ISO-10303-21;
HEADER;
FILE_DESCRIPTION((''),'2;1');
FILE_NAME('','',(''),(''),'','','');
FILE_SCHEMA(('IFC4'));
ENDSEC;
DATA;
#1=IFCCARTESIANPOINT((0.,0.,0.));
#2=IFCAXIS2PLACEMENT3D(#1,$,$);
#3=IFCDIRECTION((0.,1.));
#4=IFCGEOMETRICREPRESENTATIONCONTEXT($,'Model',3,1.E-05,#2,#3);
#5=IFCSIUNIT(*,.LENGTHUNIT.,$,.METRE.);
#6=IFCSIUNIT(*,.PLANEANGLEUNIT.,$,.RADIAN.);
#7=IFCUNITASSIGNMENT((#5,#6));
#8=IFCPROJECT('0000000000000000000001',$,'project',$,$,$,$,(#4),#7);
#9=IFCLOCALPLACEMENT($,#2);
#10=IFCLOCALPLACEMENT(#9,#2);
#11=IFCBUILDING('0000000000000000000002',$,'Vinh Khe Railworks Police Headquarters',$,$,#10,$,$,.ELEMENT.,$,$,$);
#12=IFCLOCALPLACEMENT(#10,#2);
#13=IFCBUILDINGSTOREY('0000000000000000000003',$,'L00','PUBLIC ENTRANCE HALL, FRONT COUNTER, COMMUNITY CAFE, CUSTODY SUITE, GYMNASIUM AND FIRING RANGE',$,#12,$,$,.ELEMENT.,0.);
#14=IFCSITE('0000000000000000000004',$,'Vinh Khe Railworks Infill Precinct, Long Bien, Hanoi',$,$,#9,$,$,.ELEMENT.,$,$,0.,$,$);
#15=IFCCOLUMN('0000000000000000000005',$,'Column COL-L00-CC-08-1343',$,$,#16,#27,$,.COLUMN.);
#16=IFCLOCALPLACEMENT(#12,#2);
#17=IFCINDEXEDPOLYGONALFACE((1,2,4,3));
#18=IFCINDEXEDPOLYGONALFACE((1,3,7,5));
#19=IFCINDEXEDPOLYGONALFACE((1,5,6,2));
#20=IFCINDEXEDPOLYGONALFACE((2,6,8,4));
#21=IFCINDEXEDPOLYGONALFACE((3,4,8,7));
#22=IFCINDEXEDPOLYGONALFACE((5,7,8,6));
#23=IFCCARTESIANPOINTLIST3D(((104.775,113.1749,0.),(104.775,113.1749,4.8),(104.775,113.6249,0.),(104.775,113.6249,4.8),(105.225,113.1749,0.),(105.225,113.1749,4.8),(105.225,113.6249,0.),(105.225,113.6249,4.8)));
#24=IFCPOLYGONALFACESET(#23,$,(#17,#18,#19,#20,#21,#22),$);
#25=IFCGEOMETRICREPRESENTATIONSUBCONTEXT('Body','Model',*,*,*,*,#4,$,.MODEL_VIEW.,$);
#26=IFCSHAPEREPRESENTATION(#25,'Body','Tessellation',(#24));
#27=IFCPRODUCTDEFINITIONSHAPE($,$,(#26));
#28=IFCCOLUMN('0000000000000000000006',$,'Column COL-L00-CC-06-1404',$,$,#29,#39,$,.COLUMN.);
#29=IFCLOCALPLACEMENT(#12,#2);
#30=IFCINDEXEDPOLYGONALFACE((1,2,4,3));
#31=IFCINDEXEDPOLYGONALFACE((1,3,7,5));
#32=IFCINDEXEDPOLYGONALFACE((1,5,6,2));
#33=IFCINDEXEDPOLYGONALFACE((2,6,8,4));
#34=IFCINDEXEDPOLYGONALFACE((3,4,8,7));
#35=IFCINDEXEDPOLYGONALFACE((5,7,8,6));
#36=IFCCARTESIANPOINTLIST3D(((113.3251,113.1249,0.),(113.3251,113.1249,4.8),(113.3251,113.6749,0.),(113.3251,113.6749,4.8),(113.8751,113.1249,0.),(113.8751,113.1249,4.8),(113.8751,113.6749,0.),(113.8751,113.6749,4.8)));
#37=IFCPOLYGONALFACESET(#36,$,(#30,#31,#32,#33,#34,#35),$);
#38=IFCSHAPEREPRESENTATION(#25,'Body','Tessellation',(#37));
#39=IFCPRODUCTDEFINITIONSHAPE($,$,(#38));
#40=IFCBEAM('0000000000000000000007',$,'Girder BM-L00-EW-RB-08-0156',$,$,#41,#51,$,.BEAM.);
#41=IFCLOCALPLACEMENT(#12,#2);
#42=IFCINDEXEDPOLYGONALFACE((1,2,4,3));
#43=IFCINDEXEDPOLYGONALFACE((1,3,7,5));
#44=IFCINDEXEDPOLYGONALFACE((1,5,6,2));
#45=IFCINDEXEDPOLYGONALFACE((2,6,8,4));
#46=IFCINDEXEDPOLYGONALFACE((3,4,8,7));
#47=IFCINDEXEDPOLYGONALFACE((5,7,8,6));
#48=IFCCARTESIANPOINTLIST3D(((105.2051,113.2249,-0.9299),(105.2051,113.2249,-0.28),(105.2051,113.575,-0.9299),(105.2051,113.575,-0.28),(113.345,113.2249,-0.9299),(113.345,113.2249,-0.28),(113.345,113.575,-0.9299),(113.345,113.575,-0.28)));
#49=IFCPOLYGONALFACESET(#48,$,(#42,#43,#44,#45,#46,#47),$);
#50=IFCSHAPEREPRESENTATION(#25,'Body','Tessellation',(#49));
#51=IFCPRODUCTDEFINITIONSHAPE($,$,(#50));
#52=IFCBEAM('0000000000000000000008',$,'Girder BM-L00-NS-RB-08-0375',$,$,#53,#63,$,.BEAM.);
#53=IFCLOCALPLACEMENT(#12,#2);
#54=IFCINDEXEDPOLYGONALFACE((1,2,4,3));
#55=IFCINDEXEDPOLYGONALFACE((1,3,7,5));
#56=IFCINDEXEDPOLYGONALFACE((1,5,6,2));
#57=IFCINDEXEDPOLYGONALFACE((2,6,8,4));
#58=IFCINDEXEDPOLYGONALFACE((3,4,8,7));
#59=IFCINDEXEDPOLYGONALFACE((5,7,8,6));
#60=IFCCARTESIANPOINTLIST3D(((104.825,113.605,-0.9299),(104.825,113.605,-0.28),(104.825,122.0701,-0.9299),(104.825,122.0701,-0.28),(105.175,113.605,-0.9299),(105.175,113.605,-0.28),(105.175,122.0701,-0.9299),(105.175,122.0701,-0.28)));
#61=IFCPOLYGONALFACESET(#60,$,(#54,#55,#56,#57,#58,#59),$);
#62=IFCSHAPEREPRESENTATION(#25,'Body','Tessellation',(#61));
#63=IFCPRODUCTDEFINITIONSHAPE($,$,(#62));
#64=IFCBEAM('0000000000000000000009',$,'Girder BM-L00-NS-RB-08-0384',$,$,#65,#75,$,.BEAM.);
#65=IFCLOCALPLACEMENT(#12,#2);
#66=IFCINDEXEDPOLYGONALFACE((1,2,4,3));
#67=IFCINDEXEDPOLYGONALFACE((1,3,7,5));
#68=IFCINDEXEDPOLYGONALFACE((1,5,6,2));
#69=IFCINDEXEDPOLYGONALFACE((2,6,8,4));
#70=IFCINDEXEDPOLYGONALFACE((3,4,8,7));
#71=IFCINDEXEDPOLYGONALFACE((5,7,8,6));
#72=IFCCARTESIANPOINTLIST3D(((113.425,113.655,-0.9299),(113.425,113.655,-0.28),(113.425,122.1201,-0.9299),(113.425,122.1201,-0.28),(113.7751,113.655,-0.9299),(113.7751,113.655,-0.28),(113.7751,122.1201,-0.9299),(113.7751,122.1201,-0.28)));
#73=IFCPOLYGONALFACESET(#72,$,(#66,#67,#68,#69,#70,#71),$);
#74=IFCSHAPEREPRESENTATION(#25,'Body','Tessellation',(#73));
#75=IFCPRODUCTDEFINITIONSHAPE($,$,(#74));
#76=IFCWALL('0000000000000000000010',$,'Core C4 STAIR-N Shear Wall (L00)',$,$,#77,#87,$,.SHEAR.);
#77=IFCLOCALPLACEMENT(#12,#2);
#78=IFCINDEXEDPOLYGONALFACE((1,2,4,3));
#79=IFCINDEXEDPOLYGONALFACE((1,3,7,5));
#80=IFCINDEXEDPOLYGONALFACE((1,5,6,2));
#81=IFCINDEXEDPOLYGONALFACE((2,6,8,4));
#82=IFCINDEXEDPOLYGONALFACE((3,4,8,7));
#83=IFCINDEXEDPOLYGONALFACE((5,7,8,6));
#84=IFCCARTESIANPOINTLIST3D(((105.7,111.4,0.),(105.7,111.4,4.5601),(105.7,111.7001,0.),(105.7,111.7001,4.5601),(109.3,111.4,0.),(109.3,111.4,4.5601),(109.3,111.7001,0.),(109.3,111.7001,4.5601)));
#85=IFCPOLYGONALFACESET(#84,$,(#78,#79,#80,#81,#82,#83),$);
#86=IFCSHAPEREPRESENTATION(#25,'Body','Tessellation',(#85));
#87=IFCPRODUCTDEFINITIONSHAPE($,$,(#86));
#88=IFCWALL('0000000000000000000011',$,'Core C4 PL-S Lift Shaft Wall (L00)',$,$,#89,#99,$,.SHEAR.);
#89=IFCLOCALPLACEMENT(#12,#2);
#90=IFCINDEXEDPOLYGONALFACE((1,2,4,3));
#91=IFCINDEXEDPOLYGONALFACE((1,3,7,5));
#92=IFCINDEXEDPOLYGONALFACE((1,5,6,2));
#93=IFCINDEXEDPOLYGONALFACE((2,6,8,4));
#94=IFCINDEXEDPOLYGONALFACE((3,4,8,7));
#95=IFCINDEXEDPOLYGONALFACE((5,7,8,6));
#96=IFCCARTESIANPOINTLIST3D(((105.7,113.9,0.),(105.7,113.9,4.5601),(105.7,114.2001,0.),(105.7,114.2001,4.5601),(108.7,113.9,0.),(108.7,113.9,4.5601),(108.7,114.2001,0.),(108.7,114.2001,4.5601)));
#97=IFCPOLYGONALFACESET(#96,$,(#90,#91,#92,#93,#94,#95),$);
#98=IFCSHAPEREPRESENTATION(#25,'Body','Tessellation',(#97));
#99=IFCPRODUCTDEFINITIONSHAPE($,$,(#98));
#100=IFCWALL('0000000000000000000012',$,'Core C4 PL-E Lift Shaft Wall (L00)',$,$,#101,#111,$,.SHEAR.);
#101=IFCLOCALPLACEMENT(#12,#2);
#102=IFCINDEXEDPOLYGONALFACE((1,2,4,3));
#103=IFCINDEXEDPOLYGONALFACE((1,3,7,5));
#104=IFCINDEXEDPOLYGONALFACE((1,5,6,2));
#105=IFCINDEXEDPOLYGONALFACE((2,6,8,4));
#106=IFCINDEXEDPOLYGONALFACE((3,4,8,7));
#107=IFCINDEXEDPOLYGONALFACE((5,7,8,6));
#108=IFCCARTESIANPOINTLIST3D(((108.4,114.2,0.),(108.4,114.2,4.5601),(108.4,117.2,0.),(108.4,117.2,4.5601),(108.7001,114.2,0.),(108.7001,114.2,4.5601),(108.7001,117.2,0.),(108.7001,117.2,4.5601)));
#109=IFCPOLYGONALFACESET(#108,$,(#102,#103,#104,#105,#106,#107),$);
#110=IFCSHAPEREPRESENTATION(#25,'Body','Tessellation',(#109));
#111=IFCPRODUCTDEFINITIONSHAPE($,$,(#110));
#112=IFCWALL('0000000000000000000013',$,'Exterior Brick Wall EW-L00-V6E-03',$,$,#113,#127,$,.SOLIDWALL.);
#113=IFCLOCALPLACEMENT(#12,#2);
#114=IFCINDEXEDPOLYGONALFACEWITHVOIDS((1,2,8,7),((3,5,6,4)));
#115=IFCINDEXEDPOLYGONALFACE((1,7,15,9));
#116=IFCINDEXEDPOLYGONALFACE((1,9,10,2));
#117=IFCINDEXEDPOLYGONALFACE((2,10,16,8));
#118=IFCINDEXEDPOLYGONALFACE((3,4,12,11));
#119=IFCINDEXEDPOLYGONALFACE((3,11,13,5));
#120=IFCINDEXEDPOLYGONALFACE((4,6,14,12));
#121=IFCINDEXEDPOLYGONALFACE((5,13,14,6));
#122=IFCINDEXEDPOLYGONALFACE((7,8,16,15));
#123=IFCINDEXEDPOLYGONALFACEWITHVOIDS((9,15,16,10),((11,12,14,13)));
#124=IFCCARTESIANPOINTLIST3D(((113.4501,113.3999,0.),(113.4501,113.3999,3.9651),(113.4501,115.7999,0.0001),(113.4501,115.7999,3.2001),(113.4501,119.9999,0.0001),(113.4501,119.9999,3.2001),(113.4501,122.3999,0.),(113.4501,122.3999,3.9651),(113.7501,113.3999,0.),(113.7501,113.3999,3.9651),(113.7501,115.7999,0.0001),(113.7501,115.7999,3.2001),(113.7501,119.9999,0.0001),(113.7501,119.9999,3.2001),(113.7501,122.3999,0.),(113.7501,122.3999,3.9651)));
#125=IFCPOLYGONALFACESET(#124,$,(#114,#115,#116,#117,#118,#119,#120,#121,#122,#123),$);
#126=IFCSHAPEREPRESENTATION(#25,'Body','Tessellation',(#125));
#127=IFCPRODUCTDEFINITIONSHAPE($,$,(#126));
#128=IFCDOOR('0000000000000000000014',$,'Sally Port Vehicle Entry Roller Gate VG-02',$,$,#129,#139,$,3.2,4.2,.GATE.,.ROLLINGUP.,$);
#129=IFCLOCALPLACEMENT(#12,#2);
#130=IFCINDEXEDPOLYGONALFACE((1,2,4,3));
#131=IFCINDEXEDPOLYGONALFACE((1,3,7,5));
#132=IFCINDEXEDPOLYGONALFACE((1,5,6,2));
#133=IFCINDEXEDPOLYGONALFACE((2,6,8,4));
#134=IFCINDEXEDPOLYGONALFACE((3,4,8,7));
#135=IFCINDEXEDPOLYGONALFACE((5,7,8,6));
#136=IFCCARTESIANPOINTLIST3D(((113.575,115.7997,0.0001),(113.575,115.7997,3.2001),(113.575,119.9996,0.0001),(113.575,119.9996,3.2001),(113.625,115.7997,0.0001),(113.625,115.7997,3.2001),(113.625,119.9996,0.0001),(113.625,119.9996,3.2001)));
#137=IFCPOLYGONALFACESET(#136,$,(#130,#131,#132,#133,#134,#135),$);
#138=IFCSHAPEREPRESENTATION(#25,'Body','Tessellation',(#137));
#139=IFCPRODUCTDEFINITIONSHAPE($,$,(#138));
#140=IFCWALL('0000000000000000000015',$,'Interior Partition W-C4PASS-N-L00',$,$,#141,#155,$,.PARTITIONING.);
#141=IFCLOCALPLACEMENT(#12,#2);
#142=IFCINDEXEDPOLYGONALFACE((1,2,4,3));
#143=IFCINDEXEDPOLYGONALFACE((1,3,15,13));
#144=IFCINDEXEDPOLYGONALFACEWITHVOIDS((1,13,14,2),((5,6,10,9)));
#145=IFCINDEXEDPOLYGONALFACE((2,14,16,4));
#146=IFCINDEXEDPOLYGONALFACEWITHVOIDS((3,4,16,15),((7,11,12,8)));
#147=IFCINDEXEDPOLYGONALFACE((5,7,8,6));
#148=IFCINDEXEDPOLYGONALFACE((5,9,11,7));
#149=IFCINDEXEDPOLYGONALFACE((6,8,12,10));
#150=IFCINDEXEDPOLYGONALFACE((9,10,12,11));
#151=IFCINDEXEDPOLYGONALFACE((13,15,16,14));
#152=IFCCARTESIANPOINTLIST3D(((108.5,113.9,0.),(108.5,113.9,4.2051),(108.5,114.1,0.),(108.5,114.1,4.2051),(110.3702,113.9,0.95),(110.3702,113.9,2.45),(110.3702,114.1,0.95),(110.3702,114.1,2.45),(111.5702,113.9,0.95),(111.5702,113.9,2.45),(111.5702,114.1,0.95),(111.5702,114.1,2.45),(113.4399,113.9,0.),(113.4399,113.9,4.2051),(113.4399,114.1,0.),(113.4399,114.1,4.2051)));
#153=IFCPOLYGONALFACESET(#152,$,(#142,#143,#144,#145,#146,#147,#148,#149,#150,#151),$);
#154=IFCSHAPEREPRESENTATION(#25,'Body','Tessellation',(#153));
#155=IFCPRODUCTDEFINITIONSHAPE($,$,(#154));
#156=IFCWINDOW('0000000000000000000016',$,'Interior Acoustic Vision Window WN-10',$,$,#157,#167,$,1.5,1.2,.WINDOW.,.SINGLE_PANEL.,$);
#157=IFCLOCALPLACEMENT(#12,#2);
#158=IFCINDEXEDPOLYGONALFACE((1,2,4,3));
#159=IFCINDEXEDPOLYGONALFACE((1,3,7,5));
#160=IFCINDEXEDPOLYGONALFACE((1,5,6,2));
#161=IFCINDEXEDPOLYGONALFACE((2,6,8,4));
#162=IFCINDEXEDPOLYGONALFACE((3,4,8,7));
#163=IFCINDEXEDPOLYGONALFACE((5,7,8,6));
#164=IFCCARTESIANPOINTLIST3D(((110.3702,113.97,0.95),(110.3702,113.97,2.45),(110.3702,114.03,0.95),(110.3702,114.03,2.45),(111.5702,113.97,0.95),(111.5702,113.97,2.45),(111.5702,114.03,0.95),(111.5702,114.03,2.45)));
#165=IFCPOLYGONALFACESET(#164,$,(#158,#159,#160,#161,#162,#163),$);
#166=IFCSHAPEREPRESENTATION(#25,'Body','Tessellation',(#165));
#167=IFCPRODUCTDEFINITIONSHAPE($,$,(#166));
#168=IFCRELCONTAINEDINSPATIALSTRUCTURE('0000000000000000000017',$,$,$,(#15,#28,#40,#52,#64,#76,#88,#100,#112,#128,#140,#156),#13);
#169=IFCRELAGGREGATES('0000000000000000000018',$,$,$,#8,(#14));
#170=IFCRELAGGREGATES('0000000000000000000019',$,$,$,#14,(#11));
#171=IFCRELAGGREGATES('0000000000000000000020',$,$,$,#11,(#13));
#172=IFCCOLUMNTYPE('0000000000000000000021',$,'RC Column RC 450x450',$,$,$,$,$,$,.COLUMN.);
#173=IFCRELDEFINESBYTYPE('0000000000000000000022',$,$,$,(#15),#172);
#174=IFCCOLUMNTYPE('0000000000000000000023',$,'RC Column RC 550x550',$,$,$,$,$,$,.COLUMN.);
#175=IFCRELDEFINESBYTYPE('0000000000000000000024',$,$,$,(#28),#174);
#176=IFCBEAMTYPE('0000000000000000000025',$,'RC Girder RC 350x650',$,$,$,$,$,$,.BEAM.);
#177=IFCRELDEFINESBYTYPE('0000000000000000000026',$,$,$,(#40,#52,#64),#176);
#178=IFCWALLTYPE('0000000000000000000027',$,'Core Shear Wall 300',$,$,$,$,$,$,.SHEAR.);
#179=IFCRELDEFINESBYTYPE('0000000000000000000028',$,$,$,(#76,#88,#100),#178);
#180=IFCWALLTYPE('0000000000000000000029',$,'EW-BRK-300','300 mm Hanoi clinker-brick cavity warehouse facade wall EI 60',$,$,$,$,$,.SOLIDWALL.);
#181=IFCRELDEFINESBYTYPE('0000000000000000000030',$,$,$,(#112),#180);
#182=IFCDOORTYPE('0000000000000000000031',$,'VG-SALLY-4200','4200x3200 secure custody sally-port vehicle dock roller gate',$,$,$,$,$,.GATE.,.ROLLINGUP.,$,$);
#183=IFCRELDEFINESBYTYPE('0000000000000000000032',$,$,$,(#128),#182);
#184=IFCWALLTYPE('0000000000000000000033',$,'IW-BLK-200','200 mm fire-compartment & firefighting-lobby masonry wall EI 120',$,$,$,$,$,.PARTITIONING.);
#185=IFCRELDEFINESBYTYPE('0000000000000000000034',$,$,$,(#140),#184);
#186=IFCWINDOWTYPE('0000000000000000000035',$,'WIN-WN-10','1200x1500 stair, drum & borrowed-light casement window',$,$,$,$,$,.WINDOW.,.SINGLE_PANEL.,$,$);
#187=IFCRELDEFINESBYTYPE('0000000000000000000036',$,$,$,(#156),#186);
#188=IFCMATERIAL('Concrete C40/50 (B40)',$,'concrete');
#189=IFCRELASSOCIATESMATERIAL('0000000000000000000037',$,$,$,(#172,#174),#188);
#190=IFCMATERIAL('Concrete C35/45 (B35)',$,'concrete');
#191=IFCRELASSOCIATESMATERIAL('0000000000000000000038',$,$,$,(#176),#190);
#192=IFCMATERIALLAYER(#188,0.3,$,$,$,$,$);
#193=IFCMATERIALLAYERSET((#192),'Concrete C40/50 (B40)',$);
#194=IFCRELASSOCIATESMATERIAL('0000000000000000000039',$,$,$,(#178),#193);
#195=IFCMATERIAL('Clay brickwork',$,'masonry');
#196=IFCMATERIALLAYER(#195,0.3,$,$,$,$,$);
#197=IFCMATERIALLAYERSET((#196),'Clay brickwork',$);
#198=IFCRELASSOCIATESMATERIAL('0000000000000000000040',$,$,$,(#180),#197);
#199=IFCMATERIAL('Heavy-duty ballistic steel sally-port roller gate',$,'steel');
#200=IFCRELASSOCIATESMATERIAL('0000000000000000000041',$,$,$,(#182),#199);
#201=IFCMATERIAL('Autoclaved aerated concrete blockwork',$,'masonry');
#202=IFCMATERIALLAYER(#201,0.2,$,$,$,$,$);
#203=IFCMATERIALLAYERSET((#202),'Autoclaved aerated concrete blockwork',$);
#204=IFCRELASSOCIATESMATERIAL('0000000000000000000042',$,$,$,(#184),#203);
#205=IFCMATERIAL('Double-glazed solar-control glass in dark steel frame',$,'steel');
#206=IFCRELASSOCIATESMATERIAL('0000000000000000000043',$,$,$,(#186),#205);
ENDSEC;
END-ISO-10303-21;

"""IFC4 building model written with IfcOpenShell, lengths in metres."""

from ifc_helpers import new_model, si_unit, direction, frame, frame_2d, origin, origin_2d, place, context, subcontext, project, spatial, rectangle, extrude, material, layer, layer_set, material_profile, profile_set, type_object, element, fill, save


model = new_model("IFC4")

# Units and contexts
model_context = context("Model", 3, precision=1e-05, world=origin(), true_north=direction((0.0, 1.0)))
body_context = subcontext(model_context, "Body", "Model", "MODEL_VIEW")
ifc_project = project(units=[si_unit("LENGTHUNIT", "METRE"), si_unit("PLANEANGLEUNIT", "RADIAN")], contexts=[model_context])

# Site, building, storey
site_placement = place(None, origin())
site = spatial("IfcSite", under=ifc_project, at=site_placement, Name="Vinh Khe Railworks Infill Precinct, Long Bien, Hanoi", CompositionType="ELEMENT", RefElevation=0.0)
building_placement = place(site_placement, origin())
building = spatial("IfcBuilding", under=site, at=building_placement, Name="Vinh Khe Railworks Police Headquarters", CompositionType="ELEMENT")
storey_placement = place(building_placement, origin())
storey = spatial("IfcBuildingStorey", under=building, at=storey_placement, Name="L00", Description="PUBLIC ENTRANCE HALL, FRONT COUNTER, COMMUNITY CAFE, CUSTODY SUITE, GYMNASIUM AND FIRING RANGE", CompositionType="ELEMENT", Elevation=0.0)

# Columns
ifc_material_1 = material(Name="Concrete C40/50 (B40)", Category="concrete")
ifc_material_profile_1 = material_profile(ifc_material_1, rectangle(XDim=0.45, YDim=0.45, at=origin_2d()), Name="RC 450x450")
ifc_profile_set_1 = profile_set([ifc_material_profile_1], Name="Concrete C40/50 (B40)")
column_type_1 = type_object("IfcColumnType", Name="RC Column RC 450x450", PredefinedType="COLUMN", material=ifc_profile_set_1)
column_1_placement = place(storey_placement, frame((105.0, 113.3999, 0.0), z_axis=(0.0, 0.0, 1.0), x_axis=(1.0, 0.0, 0.0)))
element("IfcColumn", 1, at=column_1_placement, inside=storey, type_object=column_type_1, Name="Column COL-L00-CC-08-1343", PredefinedType="COLUMN", context=body_context, shape_type="SweptSolid", body=[
    extrude(rectangle(XDim=0.45, YDim=0.45, at=origin_2d()), origin(), (0.0, 0.0, 1.0), 4.8),
])
ifc_material_profile_2 = material_profile(ifc_material_1, rectangle(XDim=0.55, YDim=0.55, at=origin_2d()), Name="RC 550x550")
ifc_profile_set_2 = profile_set([ifc_material_profile_2], Name="Concrete C40/50 (B40)")
column_type_2 = type_object("IfcColumnType", Name="RC Column RC 550x550", PredefinedType="COLUMN", material=ifc_profile_set_2)
column_2_placement = place(storey_placement, frame((113.6001, 113.3999, 0.0), z_axis=(0.0, 0.0, 1.0), x_axis=(1.0, 0.0, 0.0)))
element("IfcColumn", 2, at=column_2_placement, inside=storey, type_object=column_type_2, Name="Column COL-L00-CC-06-1404", PredefinedType="COLUMN", context=body_context, shape_type="SweptSolid", body=[
    extrude(rectangle(XDim=0.55, YDim=0.55, at=origin_2d()), origin(), (0.0, 0.0, 1.0), 4.8),
])

# Beams
ifc_material_2 = material(Name="Concrete C35/45 (B35)", Category="concrete")
ifc_material_profile_3 = material_profile(ifc_material_2, rectangle(XDim=0.3501, YDim=0.6499, at=origin_2d()), Name="RC 350x650")
ifc_profile_set_3 = profile_set([ifc_material_profile_3], Name="Concrete C35/45 (B35)")
beam_type = type_object("IfcBeamType", Name="RC Girder RC 350x650", PredefinedType="BEAM", material=ifc_profile_set_3)
beam_placement = place(storey_placement, frame((105.2051, 113.3999, -0.605), z_axis=(1.0, 0.0, 0.0), x_axis=(0.0, 1.0, 0.0)))
element("IfcBeam", 3, at=beam_placement, inside=storey, type_object=beam_type, Name="Girder BM-L00-EW-RB-08-0156", PredefinedType="BEAM", context=body_context, shape_type="SweptSolid", body=[
    extrude(rectangle(XDim=0.3501, YDim=0.6499, at=origin_2d()), origin(), (0.0, 0.0, 1.0), 8.1399),
])
for number, where, z_axis, x_axis, name in (
    (4, (105.0, 113.605, -0.605), (0.0, 1.0, 0.0), (-1.0, 0.0, 0.0), "Girder BM-L00-NS-RB-08-0375"),
    (5, (113.6001, 113.655, -0.605), (0.0, 1.0, 0.0), (-1.0, 0.0, 0.0), "Girder BM-L00-NS-RB-08-0384"),
):
    element("IfcBeam", number, at=place(storey_placement, frame(where, z_axis=z_axis, x_axis=x_axis)), inside=storey, type_object=beam_type, Name=name, PredefinedType="BEAM", context=body_context, shape_type="SweptSolid", body=[
        extrude(rectangle(XDim=0.3501, YDim=0.6499, at=origin_2d()), origin(), (0.0, 0.0, 1.0), 8.4651),
    ])

# Walls
ifc_layer_1 = layer(ifc_material_1, 0.3)
ifc_layer_set_1 = layer_set([ifc_layer_1], Name="Concrete C40/50 (B40)")
wall_type_1 = type_object("IfcWallType", Name="Core Shear Wall 300", PredefinedType="SHEAR", material=ifc_layer_set_1)
wall_1_placement = place(storey_placement, frame((105.7, 111.55, 0.0), z_axis=(0.0, 0.0, 1.0), x_axis=(1.0, 0.0, 0.0)))
element("IfcWall", 6, at=wall_1_placement, inside=storey, type_object=wall_type_1, Name="Core C4 STAIR-N Shear Wall (L00)", PredefinedType="SHEAR", context=body_context, shape_type="SweptSolid", body=[
    extrude(rectangle(XDim=3.6001, YDim=0.3, at=frame_2d((1.8, 0.0))), origin(), (0.0, 0.0, 1.0), 4.5601),
])
wall_2_placement = place(storey_placement, frame((105.7, 114.05, 0.0), z_axis=(0.0, 0.0, 1.0), x_axis=(1.0, 0.0, 0.0)))
element("IfcWall", 7, at=wall_2_placement, inside=storey, type_object=wall_type_1, Name="Core C4 PL-S Lift Shaft Wall (L00)", PredefinedType="SHEAR", context=body_context, shape_type="SweptSolid", body=[
    extrude(rectangle(XDim=3.0, YDim=0.3, at=frame_2d((1.5, 0.0))), origin(), (0.0, 0.0, 1.0), 4.5601),
])

# Wall
wall_3_placement = place(storey_placement, frame((108.55, 114.2, 0.0), z_axis=(0.0, 0.0, 1.0), x_axis=(0.0, 1.0, 0.0)))
element("IfcWall", 8, at=wall_3_placement, inside=storey, type_object=wall_type_1, Name="Core C4 PL-E Lift Shaft Wall (L00)", PredefinedType="SHEAR", context=body_context, shape_type="SweptSolid", body=[
    extrude(rectangle(XDim=3.0, YDim=0.3, at=frame_2d((1.5, 0.0))), origin(), (0.0, 0.0, 1.0), 4.5601),
])

# Wall, opening, door
ifc_material_3 = material(Name="Clay brickwork", Category="masonry")
ifc_layer_2 = layer(ifc_material_3, 0.3)
ifc_layer_set_2 = layer_set([ifc_layer_2], Name="Clay brickwork")
wall_type_2 = type_object("IfcWallType", Name="EW-BRK-300", Description="300 mm Hanoi clinker-brick cavity warehouse facade wall EI 60", PredefinedType="SOLIDWALL", material=ifc_layer_set_2)
wall_4_placement = place(storey_placement, frame((113.6001, 113.3999, 0.0), z_axis=(0.0, 0.0, 1.0), x_axis=(0.0, 1.0, 0.0)))
wall_4 = element("IfcWall", 9, at=wall_4_placement, inside=storey, type_object=wall_type_2, Name="Exterior Brick Wall EW-L00-V6E-03", PredefinedType="SOLIDWALL", context=body_context, shape_type="SweptSolid", body=[
    extrude(rectangle(XDim=9.0, YDim=0.3, at=frame_2d((4.5, 0.0))), origin(), (0.0, 0.0, 1.0), 3.9651),
])
opening_1_placement = place(wall_4_placement, frame((2.3999, 0.0, 0.0)))
opening_1 = element("IfcOpeningElement", 10, at=opening_1_placement, cuts=wall_4, PredefinedType="OPENING", context=body_context, shape_type="SweptSolid", body=[
    extrude(rectangle(XDim=4.2, YDim=3.2, at=frame_2d((2.1001, 1.6001))), frame((0.0, 0.165, 0.0), z_axis=(0.0, -1.0, 0.0), x_axis=(1.0, 0.0, 0.0)), (0.0, 0.0, 1.0), 0.3298),
])
ifc_material_4 = material(Name="Heavy-duty ballistic steel sally-port roller gate", Category="steel")
door_type_1 = type_object("IfcDoorType", Name="VG-SALLY-4200", Description="4200x3200 secure custody sally-port vehicle dock roller gate", OperationType="ROLLINGUP", PredefinedType="GATE", material=ifc_material_4)
door_1_placement = place(opening_1_placement, frame((4.2, 0.0, 0.0), z_axis=(0.0, 0.0, 1.0), x_axis=(-1.0, 0.0, 0.0)))
door_1 = element("IfcDoor", 11, at=door_1_placement, inside=storey, type_object=door_type_1, Name="Sally Port Vehicle Entry Roller Gate VG-02", OperationType="ROLLINGUP", OverallHeight=3.2, OverallWidth=4.2, PredefinedType="GATE", context=body_context, shape_type="SweptSolid", body=[
    extrude(rectangle(XDim=4.2, YDim=3.2, at=frame_2d((2.1001, 1.6001))), frame((0.0, 0.0249, 0.0), z_axis=(0.0, -1.0, 0.0), x_axis=(1.0, 0.0, 0.0)), (0.0, 0.0, 1.0), 0.05),
])
fill(opening_1, door_1)

# Wall, opening, window
ifc_material_5 = material(Name="Autoclaved aerated concrete blockwork", Category="masonry")
ifc_layer_3 = layer(ifc_material_5, 0.2)
ifc_layer_set_3 = layer_set([ifc_layer_3], Name="Autoclaved aerated concrete blockwork")
wall_type_3 = type_object("IfcWallType", Name="IW-BLK-200", Description="200 mm fire-compartment & firefighting-lobby masonry wall EI 120", PredefinedType="PARTITIONING", material=ifc_layer_set_3)
wall_5_placement = place(storey_placement, frame((108.5, 114.0, 0.0), z_axis=(0.0, 0.0, 1.0), x_axis=(1.0, 0.0, 0.0)))
wall_5 = element("IfcWall", 12, at=wall_5_placement, inside=storey, type_object=wall_type_3, Name="Interior Partition W-C4PASS-N-L00", PredefinedType="PARTITIONING", context=body_context, shape_type="SweptSolid", body=[
    extrude(rectangle(XDim=4.9399, YDim=0.2, at=frame_2d((2.47, 0.0))), origin(), (0.0, 0.0, 1.0), 4.2051),
])
opening_2_placement = place(wall_5_placement, frame((1.8701, 0.0, 0.95)))
opening_2 = element("IfcOpeningElement", 13, at=opening_2_placement, cuts=wall_5, PredefinedType="OPENING", context=body_context, shape_type="SweptSolid", body=[
    extrude(rectangle(XDim=1.2, YDim=1.5, at=frame_2d((0.6001, 0.75))), frame((0.0, 0.1147, 0.0), z_axis=(0.0, -1.0, 0.0), x_axis=(1.0, 0.0, 0.0)), (0.0, 0.0, 1.0), 0.2297),
])
ifc_material_6 = material(Name="Double-glazed solar-control glass in dark steel frame", Category="steel")
window_type = type_object("IfcWindowType", Name="WIN-WN-10", Description="1200x1500 stair, drum & borrowed-light casement window", PartitioningType="SINGLE_PANEL", PredefinedType="WINDOW", material=ifc_material_6)
window_1_placement = place(opening_2_placement, origin())
window_1 = element("IfcWindow", 14, at=window_1_placement, inside=storey, type_object=window_type, Name="Interior Acoustic Vision Window WN-10", OverallHeight=1.5, OverallWidth=1.2, PartitioningType="SINGLE_PANEL", PredefinedType="WINDOW", context=body_context, shape_type="SweptSolid", body=[
    extrude(rectangle(XDim=1.2, YDim=1.5, at=frame_2d((0.6001, 0.75))), frame((0.0, 0.03, 0.0), z_axis=(0.0, -1.0, 0.0), x_axis=(1.0, 0.0, 0.0)), (0.0, 0.0, 1.0), 0.0601),
])
fill(opening_2, window_1)

save(model, "model.ifc")
